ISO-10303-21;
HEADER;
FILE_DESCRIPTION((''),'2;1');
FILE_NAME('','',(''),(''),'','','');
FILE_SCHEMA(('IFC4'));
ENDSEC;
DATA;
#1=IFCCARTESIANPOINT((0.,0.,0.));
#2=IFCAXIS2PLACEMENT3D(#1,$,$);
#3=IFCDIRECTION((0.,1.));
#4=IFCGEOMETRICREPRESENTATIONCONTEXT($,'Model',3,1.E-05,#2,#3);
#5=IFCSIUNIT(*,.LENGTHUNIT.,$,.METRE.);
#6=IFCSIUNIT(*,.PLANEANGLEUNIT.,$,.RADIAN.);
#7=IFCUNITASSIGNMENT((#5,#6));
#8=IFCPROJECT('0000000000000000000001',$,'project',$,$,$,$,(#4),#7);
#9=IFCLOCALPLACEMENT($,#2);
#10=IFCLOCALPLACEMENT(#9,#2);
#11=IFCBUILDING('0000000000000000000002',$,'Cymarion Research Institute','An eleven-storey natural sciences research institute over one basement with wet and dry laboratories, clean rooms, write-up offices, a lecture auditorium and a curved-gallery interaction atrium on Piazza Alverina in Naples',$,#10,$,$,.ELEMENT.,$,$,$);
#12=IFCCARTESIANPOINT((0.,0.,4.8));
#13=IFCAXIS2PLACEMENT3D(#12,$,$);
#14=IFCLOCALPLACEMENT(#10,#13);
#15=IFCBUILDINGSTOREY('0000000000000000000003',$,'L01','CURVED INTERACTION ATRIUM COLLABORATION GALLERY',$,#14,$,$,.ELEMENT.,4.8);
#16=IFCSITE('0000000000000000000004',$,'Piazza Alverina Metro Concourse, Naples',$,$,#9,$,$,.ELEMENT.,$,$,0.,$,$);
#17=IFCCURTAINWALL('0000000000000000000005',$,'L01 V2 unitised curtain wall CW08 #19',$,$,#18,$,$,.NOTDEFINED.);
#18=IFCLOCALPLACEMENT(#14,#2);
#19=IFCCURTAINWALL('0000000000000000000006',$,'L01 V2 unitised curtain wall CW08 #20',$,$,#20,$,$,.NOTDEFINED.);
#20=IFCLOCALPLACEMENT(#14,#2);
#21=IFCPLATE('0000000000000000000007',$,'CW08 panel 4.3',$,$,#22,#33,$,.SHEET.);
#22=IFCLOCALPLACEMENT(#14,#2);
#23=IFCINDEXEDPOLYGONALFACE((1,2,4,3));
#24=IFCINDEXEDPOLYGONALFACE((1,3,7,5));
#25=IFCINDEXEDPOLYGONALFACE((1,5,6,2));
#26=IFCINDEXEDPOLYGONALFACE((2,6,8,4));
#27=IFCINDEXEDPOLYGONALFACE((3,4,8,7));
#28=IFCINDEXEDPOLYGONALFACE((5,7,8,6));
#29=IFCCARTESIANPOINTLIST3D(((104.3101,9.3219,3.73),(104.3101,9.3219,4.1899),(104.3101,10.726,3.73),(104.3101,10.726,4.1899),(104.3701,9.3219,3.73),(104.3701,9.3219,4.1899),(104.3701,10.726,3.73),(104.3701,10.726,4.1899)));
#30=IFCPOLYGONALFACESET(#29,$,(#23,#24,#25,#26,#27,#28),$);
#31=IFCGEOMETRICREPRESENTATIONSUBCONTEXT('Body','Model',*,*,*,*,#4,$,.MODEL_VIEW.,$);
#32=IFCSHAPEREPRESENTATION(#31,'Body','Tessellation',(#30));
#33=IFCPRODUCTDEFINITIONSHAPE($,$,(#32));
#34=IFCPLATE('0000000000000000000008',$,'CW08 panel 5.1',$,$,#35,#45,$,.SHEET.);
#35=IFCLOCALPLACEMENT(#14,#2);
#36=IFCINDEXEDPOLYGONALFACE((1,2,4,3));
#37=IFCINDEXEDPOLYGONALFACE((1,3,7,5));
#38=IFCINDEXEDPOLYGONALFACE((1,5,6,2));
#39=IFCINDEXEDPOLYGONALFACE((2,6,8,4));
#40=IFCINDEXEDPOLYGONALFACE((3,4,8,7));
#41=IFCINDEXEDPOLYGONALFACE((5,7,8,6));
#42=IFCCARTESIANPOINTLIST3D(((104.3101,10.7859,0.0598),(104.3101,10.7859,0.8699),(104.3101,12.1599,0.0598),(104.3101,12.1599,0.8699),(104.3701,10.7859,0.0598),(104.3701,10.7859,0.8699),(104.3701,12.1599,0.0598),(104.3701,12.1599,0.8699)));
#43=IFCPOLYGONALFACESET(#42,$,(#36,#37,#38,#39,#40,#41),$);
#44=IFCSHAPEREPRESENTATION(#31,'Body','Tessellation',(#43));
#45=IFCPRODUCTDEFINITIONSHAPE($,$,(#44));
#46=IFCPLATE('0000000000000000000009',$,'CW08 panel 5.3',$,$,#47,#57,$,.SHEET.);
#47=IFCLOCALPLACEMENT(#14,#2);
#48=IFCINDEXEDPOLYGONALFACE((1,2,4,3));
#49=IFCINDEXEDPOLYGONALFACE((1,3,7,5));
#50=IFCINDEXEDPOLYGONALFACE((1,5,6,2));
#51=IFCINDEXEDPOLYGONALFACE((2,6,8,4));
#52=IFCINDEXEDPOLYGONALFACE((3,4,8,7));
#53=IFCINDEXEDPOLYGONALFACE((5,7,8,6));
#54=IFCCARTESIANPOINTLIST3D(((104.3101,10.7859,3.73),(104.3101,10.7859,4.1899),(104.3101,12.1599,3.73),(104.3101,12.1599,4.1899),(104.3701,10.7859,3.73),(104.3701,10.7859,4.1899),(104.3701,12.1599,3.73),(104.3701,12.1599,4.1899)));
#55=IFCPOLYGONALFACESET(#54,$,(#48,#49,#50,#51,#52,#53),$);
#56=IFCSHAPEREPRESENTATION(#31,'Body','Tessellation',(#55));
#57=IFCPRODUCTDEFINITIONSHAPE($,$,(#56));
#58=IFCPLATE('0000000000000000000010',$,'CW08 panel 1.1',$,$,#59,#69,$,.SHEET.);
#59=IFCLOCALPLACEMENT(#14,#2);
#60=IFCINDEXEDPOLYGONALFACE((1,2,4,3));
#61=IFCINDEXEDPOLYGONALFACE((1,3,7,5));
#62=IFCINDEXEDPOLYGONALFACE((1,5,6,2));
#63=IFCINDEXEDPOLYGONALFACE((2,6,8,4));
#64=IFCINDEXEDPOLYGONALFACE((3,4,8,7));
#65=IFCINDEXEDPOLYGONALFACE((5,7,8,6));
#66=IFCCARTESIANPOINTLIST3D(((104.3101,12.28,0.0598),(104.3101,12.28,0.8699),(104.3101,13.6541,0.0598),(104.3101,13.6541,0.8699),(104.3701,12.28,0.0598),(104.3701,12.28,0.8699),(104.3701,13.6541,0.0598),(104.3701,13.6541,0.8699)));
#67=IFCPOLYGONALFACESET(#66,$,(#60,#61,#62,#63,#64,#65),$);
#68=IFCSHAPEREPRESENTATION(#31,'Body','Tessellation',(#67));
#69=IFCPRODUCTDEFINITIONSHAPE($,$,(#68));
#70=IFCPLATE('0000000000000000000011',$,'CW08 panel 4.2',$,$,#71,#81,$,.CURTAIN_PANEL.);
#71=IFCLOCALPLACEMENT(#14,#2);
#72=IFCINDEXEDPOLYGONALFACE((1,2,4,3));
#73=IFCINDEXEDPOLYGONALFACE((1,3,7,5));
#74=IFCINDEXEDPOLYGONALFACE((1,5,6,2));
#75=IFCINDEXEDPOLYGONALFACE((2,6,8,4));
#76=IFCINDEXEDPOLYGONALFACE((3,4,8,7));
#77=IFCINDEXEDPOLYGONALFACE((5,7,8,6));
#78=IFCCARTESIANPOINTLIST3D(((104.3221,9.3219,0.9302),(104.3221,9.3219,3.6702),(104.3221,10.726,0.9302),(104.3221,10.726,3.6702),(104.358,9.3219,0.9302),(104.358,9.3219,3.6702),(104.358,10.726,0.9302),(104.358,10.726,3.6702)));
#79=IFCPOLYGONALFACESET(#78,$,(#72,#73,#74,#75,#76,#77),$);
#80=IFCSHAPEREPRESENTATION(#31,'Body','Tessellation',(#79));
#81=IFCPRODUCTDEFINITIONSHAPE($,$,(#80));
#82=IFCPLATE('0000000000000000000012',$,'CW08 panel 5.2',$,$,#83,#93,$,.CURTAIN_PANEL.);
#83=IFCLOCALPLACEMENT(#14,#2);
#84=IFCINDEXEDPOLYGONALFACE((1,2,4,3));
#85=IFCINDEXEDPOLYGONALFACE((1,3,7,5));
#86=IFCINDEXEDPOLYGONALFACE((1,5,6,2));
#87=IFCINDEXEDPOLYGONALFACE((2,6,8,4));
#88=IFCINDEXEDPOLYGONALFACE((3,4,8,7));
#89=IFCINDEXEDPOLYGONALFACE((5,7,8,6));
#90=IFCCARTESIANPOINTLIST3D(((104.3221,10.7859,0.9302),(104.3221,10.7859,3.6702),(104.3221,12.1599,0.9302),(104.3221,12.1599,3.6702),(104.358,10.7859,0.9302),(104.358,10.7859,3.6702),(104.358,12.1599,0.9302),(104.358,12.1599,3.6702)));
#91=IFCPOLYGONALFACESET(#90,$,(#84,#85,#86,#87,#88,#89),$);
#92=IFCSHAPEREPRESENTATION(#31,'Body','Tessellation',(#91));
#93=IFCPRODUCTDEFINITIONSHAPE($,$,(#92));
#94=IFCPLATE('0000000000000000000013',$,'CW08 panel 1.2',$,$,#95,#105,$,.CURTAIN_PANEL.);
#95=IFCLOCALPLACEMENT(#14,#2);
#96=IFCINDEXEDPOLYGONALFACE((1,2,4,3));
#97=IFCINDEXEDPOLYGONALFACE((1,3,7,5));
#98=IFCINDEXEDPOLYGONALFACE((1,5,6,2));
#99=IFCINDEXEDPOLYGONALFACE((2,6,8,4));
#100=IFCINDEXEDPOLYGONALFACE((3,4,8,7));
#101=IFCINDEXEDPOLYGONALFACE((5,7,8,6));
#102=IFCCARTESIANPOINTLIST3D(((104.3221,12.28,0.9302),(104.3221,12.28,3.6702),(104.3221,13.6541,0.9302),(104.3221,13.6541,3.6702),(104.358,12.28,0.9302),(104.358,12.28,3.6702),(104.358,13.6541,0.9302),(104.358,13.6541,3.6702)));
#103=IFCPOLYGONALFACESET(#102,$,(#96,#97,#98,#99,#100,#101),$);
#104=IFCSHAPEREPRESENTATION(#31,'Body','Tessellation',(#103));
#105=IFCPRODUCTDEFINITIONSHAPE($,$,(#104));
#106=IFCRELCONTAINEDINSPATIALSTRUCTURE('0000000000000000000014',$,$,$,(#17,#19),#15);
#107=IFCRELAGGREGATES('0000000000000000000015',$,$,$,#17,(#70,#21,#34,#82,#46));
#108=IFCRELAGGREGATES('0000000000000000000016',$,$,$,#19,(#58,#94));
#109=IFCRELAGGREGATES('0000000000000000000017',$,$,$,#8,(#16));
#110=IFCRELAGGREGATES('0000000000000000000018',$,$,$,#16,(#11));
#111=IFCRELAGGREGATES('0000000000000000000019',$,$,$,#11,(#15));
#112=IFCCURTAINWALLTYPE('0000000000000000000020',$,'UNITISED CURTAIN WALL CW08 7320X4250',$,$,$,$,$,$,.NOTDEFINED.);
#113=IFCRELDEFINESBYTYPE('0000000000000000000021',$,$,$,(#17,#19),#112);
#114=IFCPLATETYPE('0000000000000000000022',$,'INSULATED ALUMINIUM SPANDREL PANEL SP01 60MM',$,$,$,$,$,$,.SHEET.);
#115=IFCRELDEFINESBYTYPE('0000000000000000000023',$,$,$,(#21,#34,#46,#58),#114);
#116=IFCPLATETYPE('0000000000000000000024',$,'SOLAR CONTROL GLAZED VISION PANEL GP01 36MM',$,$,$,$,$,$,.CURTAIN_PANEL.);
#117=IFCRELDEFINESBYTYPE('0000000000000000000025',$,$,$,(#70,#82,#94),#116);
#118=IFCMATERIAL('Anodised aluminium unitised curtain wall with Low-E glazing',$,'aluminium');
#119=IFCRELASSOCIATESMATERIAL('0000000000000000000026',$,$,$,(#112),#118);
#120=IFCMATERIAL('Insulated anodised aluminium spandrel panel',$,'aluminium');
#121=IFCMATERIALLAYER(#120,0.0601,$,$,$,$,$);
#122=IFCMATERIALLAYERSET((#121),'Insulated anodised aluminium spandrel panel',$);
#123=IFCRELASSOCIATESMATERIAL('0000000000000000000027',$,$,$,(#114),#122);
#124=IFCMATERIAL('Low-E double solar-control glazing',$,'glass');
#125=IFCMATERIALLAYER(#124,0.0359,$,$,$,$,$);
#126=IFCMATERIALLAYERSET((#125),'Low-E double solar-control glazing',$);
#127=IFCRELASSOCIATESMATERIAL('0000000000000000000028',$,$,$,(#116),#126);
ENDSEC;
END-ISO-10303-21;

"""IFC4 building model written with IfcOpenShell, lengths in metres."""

from ifc_helpers import new_model, si_unit, direction, frame, origin, origin_2d, place, context, subcontext, project, spatial, rectangle, extrude, material, layer, layer_set, type_object, element, aggregate, save


model = new_model("IFC4")

# Units and contexts
model_context = context("Model", 3, precision=1e-05, world=origin(), true_north=direction((0.0, 1.0)))
body_context = subcontext(model_context, "Body", "Model", "MODEL_VIEW")
ifc_project = project(units=[si_unit("LENGTHUNIT", "METRE"), si_unit("PLANEANGLEUNIT", "RADIAN")], contexts=[model_context])

# Site, building, storey
site_placement = place(None, origin())
site = spatial("IfcSite", under=ifc_project, at=site_placement, Name="Piazza Alverina Metro Concourse, Naples", CompositionType="ELEMENT", RefElevation=0.0)
building_placement = place(site_placement, origin())
building = spatial("IfcBuilding", under=site, at=building_placement, Name="Cymarion Research Institute", Description="An eleven-storey natural sciences research institute over one basement with wet and dry laboratories, clean rooms, write-up offices, a lecture auditorium and a curved-gallery interaction atrium on Piazza Alverina in Naples", CompositionType="ELEMENT")
storey_placement = place(building_placement, frame((0.0, 0.0, 4.8)))
storey = spatial("IfcBuildingStorey", under=building, at=storey_placement, Name="L01", Description="CURVED INTERACTION ATRIUM COLLABORATION GALLERY", CompositionType="ELEMENT", Elevation=4.8)

# Curtain wall
ifc_material_1 = material(Name="Anodised aluminium unitised curtain wall with Low-E glazing", Category="aluminium")
curtain_wall_type = type_object("IfcCurtainWallType", Name="UNITISED CURTAIN WALL CW08 7320X4250", PredefinedType="NOTDEFINED", material=ifc_material_1)
curtain_wall_1_placement = place(storey_placement, origin())
curtain_wall_1 = element("IfcCurtainWall", 1, at=curtain_wall_1_placement, inside=storey, type_object=curtain_wall_type, Name="L01 V2 unitised curtain wall CW08 #19", PredefinedType="NOTDEFINED")

# Curtain wall
curtain_wall_2_placement = place(storey_placement, origin())
curtain_wall_2 = element("IfcCurtainWall", 2, at=curtain_wall_2_placement, inside=storey, type_object=curtain_wall_type, Name="L01 V2 unitised curtain wall CW08 #20", PredefinedType="NOTDEFINED")

# Plates
ifc_material_2 = material(Name="Insulated anodised aluminium spandrel panel", Category="aluminium")
ifc_layer_1 = layer(ifc_material_2, 0.0601)
ifc_layer_set_1 = layer_set([ifc_layer_1], Name="Insulated anodised aluminium spandrel panel")
plate_type_1 = type_object("IfcPlateType", Name="INSULATED ALUMINIUM SPANDREL PANEL SP01 60MM", PredefinedType="SHEET", material=ifc_layer_set_1)
plate_1_placement = place(storey_placement, frame((104.3401, 10.0239, 3.73), z_axis=(0.0, 0.0, 1.0), x_axis=(0.0, 1.0, 0.0)))
plate_1 = element("IfcPlate", 3, at=plate_1_placement, type_object=plate_type_1, Name="CW08 panel 4.3", PredefinedType="SHEET", context=body_context, shape_type="SweptSolid", body=[
    extrude(rectangle(XDim=1.4041, YDim=0.0601, at=origin_2d()), origin(), (0.0, 0.0, 1.0), 0.46),
])
plate_2_placement = place(storey_placement, frame((104.3401, 11.4729, 0.0598), z_axis=(0.0, 0.0, 1.0), x_axis=(0.0, 1.0, 0.0)))
plate_2 = element("IfcPlate", 4, at=plate_2_placement, type_object=plate_type_1, Name="CW08 panel 5.1", PredefinedType="SHEET", context=body_context, shape_type="SweptSolid", body=[
    extrude(rectangle(XDim=1.374, YDim=0.0601, at=origin_2d()), origin(), (0.0, 0.0, 1.0), 0.8101),
])
plate_3_placement = place(storey_placement, frame((104.3401, 11.4729, 3.73), z_axis=(0.0, 0.0, 1.0), x_axis=(0.0, 1.0, 0.0)))
plate_3 = element("IfcPlate", 5, at=plate_3_placement, type_object=plate_type_1, Name="CW08 panel 5.3", PredefinedType="SHEET", context=body_context, shape_type="SweptSolid", body=[
    extrude(rectangle(XDim=1.374, YDim=0.0601, at=origin_2d()), origin(), (0.0, 0.0, 1.0), 0.46),
])
plate_4_placement = place(storey_placement, frame((104.3401, 12.967, 0.0598), z_axis=(0.0, 0.0, 1.0), x_axis=(0.0, 1.0, 0.0)))
plate_4 = element("IfcPlate", 6, at=plate_4_placement, type_object=plate_type_1, Name="CW08 panel 1.1", PredefinedType="SHEET", context=body_context, shape_type="SweptSolid", body=[
    extrude(rectangle(XDim=1.374, YDim=0.0601, at=origin_2d()), origin(), (0.0, 0.0, 1.0), 0.8101),
])
ifc_material_3 = material(Name="Low-E double solar-control glazing", Category="glass")
ifc_layer_2 = layer(ifc_material_3, 0.0359)
ifc_layer_set_2 = layer_set([ifc_layer_2], Name="Low-E double solar-control glazing")
plate_type_2 = type_object("IfcPlateType", Name="SOLAR CONTROL GLAZED VISION PANEL GP01 36MM", PredefinedType="CURTAIN_PANEL", material=ifc_layer_set_2)
plate_5_placement = place(storey_placement, frame((104.3401, 10.0239, 0.9302), z_axis=(0.0, 0.0, 1.0), x_axis=(0.0, 1.0, 0.0)))
plate_5 = element("IfcPlate", 7, at=plate_5_placement, type_object=plate_type_2, Name="CW08 panel 4.2", PredefinedType="CURTAIN_PANEL", context=body_context, shape_type="SweptSolid", body=[
    extrude(rectangle(XDim=1.4041, YDim=0.0359, at=origin_2d()), origin(), (0.0, 0.0, 1.0), 2.74),
])
plate_6_placement = place(storey_placement, frame((104.3401, 11.4729, 0.9302), z_axis=(0.0, 0.0, 1.0), x_axis=(0.0, 1.0, 0.0)))
plate_6 = element("IfcPlate", 8, at=plate_6_placement, type_object=plate_type_2, Name="CW08 panel 5.2", PredefinedType="CURTAIN_PANEL", context=body_context, shape_type="SweptSolid", body=[
    extrude(rectangle(XDim=1.374, YDim=0.0359, at=origin_2d()), origin(), (0.0, 0.0, 1.0), 2.74),
])
aggregate(curtain_wall_1, [plate_5, plate_1, plate_2, plate_6, plate_3])
plate_7_placement = place(storey_placement, frame((104.3401, 12.967, 0.9302), z_axis=(0.0, 0.0, 1.0), x_axis=(0.0, 1.0, 0.0)))
plate_7 = element("IfcPlate", 9, at=plate_7_placement, type_object=plate_type_2, Name="CW08 panel 1.2", PredefinedType="CURTAIN_PANEL", context=body_context, shape_type="SweptSolid", body=[
    extrude(rectangle(XDim=1.374, YDim=0.0359, at=origin_2d()), origin(), (0.0, 0.0, 1.0), 2.74),
])
aggregate(curtain_wall_2, [plate_4, plate_7])

save(model, "model.ifc")
